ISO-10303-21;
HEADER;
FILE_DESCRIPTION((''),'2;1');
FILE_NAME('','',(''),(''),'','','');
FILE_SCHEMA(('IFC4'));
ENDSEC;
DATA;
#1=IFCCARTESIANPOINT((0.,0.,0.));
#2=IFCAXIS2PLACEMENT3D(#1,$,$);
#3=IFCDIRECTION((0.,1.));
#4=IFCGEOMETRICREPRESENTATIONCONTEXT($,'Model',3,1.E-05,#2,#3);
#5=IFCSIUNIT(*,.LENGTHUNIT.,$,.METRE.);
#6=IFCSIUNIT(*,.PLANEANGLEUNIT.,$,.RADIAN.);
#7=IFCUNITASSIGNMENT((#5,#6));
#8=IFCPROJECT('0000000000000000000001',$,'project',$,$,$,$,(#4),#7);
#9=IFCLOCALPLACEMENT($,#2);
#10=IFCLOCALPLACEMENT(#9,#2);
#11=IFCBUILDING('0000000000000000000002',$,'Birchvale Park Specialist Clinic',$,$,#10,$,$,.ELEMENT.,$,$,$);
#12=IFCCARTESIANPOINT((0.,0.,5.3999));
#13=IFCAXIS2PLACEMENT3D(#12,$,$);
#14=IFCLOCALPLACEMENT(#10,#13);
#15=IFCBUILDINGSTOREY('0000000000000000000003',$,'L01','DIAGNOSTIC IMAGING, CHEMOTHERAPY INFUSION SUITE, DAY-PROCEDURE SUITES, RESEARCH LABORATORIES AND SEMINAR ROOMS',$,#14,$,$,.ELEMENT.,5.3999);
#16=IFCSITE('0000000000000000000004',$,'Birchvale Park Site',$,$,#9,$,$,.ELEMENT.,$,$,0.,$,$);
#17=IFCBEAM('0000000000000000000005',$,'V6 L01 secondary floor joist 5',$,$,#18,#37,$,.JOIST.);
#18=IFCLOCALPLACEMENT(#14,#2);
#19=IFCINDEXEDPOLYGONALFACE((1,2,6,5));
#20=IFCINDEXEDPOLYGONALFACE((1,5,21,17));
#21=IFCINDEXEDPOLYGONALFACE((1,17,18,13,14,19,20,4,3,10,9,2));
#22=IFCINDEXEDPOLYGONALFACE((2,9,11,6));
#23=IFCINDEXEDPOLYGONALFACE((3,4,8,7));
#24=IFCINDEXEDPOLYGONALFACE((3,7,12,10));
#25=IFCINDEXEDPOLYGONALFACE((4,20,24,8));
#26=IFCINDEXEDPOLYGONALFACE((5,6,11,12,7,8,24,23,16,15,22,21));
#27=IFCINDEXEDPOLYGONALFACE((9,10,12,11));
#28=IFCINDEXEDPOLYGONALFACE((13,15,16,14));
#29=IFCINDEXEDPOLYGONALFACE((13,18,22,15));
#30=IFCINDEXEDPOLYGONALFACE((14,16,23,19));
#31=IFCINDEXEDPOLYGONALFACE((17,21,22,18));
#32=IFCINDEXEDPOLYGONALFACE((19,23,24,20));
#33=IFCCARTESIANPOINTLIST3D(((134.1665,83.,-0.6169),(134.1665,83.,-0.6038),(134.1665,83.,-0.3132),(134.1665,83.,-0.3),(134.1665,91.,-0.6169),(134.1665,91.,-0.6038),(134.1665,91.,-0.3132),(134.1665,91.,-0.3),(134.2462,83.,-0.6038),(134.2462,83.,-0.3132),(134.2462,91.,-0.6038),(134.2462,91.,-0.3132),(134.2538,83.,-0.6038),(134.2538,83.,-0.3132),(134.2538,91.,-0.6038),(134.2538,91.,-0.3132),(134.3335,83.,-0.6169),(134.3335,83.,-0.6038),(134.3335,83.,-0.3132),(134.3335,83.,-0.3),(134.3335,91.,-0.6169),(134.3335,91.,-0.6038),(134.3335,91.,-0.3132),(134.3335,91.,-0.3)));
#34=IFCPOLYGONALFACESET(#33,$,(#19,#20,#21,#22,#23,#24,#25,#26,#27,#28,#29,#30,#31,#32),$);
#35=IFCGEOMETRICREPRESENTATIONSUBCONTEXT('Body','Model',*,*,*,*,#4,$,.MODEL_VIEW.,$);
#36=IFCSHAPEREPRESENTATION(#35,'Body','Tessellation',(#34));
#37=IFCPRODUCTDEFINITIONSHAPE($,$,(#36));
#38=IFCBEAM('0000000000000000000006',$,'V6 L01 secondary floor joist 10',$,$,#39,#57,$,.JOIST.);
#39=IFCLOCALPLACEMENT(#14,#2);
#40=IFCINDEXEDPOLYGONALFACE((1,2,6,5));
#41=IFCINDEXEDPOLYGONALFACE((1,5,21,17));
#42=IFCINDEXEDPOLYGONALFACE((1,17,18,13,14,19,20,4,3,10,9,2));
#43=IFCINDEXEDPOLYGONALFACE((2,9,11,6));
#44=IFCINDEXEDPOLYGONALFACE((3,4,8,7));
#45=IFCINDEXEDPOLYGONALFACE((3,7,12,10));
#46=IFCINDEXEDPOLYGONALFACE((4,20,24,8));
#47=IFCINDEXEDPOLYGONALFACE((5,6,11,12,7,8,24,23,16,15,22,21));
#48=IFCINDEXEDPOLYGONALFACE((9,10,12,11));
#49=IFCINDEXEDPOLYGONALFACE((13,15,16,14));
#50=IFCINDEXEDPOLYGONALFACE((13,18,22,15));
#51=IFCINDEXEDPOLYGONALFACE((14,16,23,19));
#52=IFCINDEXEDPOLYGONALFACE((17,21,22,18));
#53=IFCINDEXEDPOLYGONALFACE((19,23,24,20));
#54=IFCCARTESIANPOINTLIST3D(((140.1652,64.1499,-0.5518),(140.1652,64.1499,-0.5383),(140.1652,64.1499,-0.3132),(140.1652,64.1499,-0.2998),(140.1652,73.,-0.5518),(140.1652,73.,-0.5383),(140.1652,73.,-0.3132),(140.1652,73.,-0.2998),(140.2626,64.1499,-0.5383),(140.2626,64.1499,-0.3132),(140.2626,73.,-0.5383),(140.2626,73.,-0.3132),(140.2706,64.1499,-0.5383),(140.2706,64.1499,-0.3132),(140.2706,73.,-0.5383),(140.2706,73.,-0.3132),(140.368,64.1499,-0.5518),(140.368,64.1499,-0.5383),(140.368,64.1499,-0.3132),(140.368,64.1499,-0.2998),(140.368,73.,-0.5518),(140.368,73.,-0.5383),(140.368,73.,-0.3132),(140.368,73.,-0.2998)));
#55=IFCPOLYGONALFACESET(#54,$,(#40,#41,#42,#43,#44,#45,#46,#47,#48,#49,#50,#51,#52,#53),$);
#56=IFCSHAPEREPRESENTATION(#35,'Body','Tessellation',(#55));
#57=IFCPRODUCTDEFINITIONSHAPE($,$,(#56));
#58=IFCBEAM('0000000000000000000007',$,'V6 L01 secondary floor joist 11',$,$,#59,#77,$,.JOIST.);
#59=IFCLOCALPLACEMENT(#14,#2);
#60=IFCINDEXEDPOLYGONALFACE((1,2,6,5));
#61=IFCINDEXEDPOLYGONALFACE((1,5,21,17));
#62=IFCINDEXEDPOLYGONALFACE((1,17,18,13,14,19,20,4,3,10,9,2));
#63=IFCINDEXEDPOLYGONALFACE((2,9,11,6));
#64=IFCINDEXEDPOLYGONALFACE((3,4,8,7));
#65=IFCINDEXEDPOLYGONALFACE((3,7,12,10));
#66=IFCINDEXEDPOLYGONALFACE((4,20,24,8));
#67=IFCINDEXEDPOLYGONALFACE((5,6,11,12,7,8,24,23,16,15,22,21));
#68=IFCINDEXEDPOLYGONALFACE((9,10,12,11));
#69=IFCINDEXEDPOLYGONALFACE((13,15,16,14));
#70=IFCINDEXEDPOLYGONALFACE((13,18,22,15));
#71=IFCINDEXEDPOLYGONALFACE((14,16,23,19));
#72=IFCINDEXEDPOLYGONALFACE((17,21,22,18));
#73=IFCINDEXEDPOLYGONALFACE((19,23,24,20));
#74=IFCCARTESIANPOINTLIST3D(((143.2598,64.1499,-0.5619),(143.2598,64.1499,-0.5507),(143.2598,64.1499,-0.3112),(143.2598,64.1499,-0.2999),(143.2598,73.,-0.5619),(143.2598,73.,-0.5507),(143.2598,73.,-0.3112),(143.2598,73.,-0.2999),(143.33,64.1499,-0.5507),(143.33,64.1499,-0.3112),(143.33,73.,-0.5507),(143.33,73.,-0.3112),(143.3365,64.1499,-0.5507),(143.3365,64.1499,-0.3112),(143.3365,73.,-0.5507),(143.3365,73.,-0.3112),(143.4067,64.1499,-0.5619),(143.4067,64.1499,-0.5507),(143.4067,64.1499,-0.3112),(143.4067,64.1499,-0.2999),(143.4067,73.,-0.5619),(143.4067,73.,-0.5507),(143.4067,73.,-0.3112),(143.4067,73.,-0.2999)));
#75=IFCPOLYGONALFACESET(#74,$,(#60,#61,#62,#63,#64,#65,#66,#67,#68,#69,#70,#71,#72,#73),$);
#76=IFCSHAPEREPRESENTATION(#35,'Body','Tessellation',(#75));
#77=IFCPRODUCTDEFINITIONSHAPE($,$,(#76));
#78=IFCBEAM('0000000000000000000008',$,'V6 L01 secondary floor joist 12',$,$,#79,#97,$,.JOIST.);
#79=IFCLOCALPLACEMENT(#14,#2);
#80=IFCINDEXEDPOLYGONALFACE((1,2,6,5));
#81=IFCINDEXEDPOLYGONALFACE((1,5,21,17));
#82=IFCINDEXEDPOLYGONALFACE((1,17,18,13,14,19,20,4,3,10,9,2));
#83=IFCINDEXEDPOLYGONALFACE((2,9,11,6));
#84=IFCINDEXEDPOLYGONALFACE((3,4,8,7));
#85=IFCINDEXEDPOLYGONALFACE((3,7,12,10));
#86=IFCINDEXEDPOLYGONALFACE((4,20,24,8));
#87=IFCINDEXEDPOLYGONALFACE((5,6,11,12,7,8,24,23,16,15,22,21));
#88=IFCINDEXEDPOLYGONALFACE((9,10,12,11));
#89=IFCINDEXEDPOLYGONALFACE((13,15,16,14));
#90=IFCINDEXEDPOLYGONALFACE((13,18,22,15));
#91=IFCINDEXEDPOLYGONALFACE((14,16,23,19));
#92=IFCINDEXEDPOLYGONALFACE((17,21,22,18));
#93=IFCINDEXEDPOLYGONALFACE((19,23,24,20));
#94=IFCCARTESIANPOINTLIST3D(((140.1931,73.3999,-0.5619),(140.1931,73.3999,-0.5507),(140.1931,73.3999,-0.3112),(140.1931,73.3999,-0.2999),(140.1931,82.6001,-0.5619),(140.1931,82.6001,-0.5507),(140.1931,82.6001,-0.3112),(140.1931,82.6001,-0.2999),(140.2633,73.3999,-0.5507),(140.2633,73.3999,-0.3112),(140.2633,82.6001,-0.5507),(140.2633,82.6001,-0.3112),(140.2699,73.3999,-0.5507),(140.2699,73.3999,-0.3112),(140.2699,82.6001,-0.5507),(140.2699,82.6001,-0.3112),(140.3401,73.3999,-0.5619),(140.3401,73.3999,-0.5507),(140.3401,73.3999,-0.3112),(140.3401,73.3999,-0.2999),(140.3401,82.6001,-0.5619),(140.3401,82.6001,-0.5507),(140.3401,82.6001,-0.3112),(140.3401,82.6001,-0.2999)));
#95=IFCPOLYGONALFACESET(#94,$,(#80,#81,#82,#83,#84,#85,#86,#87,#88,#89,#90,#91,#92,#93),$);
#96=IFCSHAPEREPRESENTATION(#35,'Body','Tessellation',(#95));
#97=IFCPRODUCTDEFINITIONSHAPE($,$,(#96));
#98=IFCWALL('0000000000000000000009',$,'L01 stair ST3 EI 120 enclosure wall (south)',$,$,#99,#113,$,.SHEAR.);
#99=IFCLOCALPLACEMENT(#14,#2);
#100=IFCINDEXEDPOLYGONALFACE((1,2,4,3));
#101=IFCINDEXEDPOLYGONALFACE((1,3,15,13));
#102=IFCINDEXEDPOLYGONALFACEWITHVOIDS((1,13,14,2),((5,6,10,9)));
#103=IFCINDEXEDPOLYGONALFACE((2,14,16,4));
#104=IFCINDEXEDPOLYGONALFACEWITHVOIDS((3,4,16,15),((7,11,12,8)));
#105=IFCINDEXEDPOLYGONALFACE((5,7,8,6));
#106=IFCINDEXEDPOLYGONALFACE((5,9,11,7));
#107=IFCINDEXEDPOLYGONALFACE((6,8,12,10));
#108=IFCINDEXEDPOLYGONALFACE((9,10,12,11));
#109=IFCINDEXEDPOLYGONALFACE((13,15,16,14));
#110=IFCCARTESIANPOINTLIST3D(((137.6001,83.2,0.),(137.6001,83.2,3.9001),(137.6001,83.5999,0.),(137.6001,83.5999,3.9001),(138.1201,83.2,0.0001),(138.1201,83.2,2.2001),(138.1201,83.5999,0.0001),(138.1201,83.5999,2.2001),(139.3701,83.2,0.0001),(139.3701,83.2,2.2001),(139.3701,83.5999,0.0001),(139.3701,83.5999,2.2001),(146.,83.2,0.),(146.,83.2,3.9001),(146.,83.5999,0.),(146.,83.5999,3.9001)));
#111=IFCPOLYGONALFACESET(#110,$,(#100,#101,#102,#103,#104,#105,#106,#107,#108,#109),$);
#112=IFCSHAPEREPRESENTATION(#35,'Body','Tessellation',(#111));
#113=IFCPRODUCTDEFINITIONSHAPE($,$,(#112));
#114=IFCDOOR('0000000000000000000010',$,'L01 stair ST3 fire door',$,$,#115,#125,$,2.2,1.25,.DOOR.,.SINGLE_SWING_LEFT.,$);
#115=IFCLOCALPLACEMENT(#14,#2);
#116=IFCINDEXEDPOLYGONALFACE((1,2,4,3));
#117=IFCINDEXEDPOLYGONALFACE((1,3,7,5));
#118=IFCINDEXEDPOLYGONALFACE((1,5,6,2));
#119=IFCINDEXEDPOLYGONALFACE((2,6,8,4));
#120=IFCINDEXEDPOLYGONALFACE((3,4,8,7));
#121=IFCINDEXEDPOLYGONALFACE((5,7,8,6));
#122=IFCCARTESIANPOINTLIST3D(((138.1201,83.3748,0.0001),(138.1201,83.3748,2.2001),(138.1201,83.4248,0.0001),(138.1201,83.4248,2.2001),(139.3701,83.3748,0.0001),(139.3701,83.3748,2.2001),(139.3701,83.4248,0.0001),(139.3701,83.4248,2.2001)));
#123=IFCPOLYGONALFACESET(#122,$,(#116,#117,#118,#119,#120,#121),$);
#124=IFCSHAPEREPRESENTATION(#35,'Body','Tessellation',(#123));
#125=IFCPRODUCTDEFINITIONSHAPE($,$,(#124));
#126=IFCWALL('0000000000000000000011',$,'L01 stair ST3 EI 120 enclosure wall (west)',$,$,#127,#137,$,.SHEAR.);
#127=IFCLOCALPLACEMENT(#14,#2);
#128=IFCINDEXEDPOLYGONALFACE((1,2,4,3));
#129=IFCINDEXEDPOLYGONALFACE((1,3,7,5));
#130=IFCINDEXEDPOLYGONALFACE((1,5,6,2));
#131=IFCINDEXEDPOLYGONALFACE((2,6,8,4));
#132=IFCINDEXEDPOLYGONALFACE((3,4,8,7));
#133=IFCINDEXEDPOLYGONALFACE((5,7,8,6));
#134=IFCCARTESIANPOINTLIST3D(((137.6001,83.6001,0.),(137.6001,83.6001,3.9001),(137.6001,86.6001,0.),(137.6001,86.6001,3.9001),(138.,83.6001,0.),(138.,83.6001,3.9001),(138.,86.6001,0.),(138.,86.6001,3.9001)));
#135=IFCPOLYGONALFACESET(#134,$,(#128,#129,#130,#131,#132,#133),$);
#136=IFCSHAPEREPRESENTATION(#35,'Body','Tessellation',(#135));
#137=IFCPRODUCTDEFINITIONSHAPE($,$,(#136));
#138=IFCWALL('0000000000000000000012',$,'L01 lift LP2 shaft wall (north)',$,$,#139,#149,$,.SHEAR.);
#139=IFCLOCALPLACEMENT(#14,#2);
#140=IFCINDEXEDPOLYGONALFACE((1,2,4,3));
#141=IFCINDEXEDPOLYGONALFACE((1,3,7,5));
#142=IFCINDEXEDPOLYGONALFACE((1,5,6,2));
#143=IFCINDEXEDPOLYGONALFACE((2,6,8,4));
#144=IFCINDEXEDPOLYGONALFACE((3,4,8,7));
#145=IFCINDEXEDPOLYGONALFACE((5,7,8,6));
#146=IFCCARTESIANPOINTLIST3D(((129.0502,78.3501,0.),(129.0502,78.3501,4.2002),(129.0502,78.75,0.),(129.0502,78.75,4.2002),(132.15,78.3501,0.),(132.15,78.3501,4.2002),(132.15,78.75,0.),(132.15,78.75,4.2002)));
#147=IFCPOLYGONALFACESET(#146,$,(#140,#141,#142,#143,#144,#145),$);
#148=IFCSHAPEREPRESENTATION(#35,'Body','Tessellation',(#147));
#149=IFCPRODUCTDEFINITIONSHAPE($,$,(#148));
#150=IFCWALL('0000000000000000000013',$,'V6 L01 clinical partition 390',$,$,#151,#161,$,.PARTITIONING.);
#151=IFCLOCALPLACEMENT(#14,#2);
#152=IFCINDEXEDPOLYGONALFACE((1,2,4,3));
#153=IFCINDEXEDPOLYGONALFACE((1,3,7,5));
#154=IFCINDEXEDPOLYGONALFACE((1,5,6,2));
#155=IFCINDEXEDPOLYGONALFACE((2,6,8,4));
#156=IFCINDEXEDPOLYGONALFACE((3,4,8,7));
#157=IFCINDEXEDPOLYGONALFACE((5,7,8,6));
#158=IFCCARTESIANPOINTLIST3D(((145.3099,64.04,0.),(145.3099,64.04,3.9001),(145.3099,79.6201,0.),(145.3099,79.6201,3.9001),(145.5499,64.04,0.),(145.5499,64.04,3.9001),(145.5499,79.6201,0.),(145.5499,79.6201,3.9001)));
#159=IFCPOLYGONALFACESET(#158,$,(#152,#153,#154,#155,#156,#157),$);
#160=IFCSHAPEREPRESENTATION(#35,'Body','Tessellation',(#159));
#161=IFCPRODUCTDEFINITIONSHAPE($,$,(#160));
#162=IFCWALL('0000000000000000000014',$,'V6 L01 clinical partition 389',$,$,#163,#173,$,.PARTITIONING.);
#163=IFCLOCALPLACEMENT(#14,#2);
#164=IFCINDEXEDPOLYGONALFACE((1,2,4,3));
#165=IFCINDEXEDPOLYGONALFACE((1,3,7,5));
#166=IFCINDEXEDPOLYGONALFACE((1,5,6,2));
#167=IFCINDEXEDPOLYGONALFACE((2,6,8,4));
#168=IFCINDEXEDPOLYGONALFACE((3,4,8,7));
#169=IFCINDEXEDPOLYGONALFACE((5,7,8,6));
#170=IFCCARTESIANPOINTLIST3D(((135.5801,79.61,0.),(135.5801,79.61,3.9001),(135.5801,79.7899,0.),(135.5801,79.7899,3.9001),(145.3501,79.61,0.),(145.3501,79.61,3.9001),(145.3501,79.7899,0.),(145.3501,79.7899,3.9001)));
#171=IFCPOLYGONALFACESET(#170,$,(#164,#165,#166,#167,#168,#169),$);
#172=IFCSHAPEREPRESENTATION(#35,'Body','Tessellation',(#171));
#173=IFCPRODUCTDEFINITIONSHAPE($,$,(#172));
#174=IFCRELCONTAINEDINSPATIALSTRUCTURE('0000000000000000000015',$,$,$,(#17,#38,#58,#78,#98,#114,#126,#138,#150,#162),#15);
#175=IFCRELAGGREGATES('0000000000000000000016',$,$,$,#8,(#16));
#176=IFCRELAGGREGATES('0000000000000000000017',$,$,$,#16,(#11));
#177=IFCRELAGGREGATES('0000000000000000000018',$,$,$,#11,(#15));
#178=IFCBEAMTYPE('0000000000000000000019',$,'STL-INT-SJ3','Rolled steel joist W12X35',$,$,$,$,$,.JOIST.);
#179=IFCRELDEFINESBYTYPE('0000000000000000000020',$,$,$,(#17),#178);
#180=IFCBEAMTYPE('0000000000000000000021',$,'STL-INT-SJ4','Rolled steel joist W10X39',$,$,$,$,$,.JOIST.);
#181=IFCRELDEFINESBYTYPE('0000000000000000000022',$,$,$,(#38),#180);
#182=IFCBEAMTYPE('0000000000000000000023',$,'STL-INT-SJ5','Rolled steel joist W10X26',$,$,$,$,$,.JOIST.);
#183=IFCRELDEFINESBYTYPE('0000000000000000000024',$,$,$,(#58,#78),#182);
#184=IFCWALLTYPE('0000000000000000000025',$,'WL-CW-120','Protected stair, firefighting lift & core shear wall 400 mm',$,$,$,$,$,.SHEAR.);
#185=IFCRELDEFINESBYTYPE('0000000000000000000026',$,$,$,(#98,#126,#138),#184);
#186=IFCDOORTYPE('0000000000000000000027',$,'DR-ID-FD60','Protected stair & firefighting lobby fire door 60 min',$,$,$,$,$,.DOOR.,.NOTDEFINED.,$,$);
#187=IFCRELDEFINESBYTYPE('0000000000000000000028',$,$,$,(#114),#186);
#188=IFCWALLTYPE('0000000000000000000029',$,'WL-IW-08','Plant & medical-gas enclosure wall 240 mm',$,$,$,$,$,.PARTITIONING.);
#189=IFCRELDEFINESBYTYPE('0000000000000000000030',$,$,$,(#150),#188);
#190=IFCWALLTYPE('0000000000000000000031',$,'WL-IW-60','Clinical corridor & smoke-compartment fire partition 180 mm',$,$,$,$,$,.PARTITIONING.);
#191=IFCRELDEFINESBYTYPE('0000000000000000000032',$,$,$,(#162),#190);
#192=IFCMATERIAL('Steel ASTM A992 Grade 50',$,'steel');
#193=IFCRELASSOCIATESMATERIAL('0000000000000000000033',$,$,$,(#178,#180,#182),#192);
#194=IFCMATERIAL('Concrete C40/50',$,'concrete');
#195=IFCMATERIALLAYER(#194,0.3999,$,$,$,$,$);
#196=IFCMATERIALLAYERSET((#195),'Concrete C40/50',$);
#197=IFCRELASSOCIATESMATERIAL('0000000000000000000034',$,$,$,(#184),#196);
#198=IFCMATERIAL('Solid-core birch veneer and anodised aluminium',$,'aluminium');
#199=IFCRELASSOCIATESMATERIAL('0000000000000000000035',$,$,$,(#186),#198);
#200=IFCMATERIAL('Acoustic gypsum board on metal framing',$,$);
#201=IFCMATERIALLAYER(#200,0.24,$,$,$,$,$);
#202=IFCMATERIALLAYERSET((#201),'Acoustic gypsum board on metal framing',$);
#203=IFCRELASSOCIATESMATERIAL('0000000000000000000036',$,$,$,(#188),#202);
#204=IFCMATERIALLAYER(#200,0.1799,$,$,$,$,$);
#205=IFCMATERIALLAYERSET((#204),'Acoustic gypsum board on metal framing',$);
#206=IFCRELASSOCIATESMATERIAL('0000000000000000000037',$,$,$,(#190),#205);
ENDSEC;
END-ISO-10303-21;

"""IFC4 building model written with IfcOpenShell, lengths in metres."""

from ifc_helpers import new_model, si_unit, direction, frame, frame_2d, origin, origin_2d, place, context, subcontext, project, spatial, rectangle, i_section, extrude, material, layer, layer_set, material_profile, profile_set, type_object, element, fill, save


model = new_model("IFC4")

# Units and contexts
model_context = context("Model", 3, precision=1e-05, world=origin(), true_north=direction((0.0, 1.0)))
body_context = subcontext(model_context, "Body", "Model", "MODEL_VIEW")
ifc_project = project(units=[si_unit("LENGTHUNIT", "METRE"), si_unit("PLANEANGLEUNIT", "RADIAN")], contexts=[model_context])

# Site, building, storey
site_placement = place(None, origin())
site = spatial("IfcSite", under=ifc_project, at=site_placement, Name="Birchvale Park Site", CompositionType="ELEMENT", RefElevation=0.0)
building_placement = place(site_placement, origin())
building = spatial("IfcBuilding", under=site, at=building_placement, Name="Birchvale Park Specialist Clinic", CompositionType="ELEMENT")
storey_placement = place(building_placement, frame((0.0, 0.0, 5.3999)))
storey = spatial("IfcBuildingStorey", under=building, at=storey_placement, Name="L01", Description="DIAGNOSTIC IMAGING, CHEMOTHERAPY INFUSION SUITE, DAY-PROCEDURE SUITES, RESEARCH LABORATORIES AND SEMINAR ROOMS", CompositionType="ELEMENT", Elevation=5.3999)

# Shared definitions
ifc_material_1 = material(Name="Concrete C40/50", Category="concrete")

# Beams
ifc_material_2 = material(Name="Steel ASTM A992 Grade 50", Category="steel")
ifc_material_profile_1 = material_profile(ifc_material_2, i_section(OverallWidth=0.167, OverallDepth=0.3169, WebThickness=0.0076, FlangeThickness=0.0132, at=origin_2d()), Name="W12X35")
ifc_profile_set_1 = profile_set([ifc_material_profile_1], Name="Steel ASTM A992 Grade 50")
beam_type_1 = type_object("IfcBeamType", Name="STL-INT-SJ3", Description="Rolled steel joist W12X35", PredefinedType="JOIST", material=ifc_profile_set_1)
beam_1_placement = place(storey_placement, frame((134.25, 83.0, -0.4585), z_axis=(0.0, 1.0, 0.0), x_axis=(-1.0, 0.0, 0.0)))
element("IfcBeam", 1, at=beam_1_placement, inside=storey, type_object=beam_type_1, Name="V6 L01 secondary floor joist 5", PredefinedType="JOIST", context=body_context, shape_type="SweptSolid", body=[
    extrude(i_section(OverallWidth=0.167, OverallDepth=0.3169, WebThickness=0.0076, FlangeThickness=0.0132, at=origin_2d()), origin(), (0.0, 0.0, 1.0), 8.0),
])
ifc_material_profile_2 = material_profile(ifc_material_2, i_section(OverallWidth=0.2029, OverallDepth=0.252, WebThickness=0.0081, FlangeThickness=0.0134, at=origin_2d()), Name="W10X39")
ifc_profile_set_2 = profile_set([ifc_material_profile_2], Name="Steel ASTM A992 Grade 50")
beam_type_2 = type_object("IfcBeamType", Name="STL-INT-SJ4", Description="Rolled steel joist W10X39", PredefinedType="JOIST", material=ifc_profile_set_2)
beam_2_placement = place(storey_placement, frame((140.2666, 64.1499, -0.4258), z_axis=(0.0, 1.0, 0.0), x_axis=(-1.0, 0.0, 0.0)))
element("IfcBeam", 2, at=beam_2_placement, inside=storey, type_object=beam_type_2, Name="V6 L01 secondary floor joist 10", PredefinedType="JOIST", context=body_context, shape_type="SweptSolid", body=[
    extrude(i_section(OverallWidth=0.2029, OverallDepth=0.252, WebThickness=0.0081, FlangeThickness=0.0134, at=origin_2d()), origin(), (0.0, 0.0, 1.0), 8.8501),
])
ifc_material_profile_3 = material_profile(ifc_material_2, i_section(OverallWidth=0.147, OverallDepth=0.262, WebThickness=0.0066, FlangeThickness=0.0112, at=origin_2d()), Name="W10X26")
ifc_profile_set_3 = profile_set([ifc_material_profile_3], Name="Steel ASTM A992 Grade 50")
beam_type_3 = type_object("IfcBeamType", Name="STL-INT-SJ5", Description="Rolled steel joist W10X26", PredefinedType="JOIST", material=ifc_profile_set_3)
beam_3_placement = place(storey_placement, frame((143.3333, 64.1499, -0.4309), z_axis=(0.0, 1.0, 0.0), x_axis=(-1.0, 0.0, 0.0)))
element("IfcBeam", 3, at=beam_3_placement, inside=storey, type_object=beam_type_3, Name="V6 L01 secondary floor joist 11", PredefinedType="JOIST", context=body_context, shape_type="SweptSolid", body=[
    extrude(i_section(OverallWidth=0.147, OverallDepth=0.262, WebThickness=0.0066, FlangeThickness=0.0112, at=origin_2d()), origin(), (0.0, 0.0, 1.0), 8.8501),
])
beam_4_placement = place(storey_placement, frame((140.2666, 73.3999, -0.4309), z_axis=(0.0, 1.0, 0.0), x_axis=(-1.0, 0.0, 0.0)))
element("IfcBeam", 4, at=beam_4_placement, inside=storey, type_object=beam_type_3, Name="V6 L01 secondary floor joist 12", PredefinedType="JOIST", context=body_context, shape_type="SweptSolid", body=[
    extrude(i_section(OverallWidth=0.147, OverallDepth=0.262, WebThickness=0.0066, FlangeThickness=0.0112, at=origin_2d()), origin(), (0.0, 0.0, 1.0), 9.2002),
])

# Wall, opening, door
ifc_layer_1 = layer(ifc_material_1, 0.3999)
ifc_layer_set_1 = layer_set([ifc_layer_1], Name="Concrete C40/50")
wall_type_1 = type_object("IfcWallType", Name="WL-CW-120", Description="Protected stair, firefighting lift & core shear wall 400 mm", PredefinedType="SHEAR", material=ifc_layer_set_1)
wall_1_placement = place(storey_placement, frame((137.6001, 83.3999, 0.0), z_axis=(0.0, 0.0, 1.0), x_axis=(1.0, 0.0, 0.0)))
wall_1 = element("IfcWall", 5, at=wall_1_placement, inside=storey, type_object=wall_type_1, Name="L01 stair ST3 EI 120 enclosure wall (south)", PredefinedType="SHEAR", context=body_context, shape_type="SweptSolid", body=[
    extrude(rectangle(XDim=8.3999, YDim=0.3999, at=frame_2d((4.2, 0.0))), origin(), (0.0, 0.0, 1.0), 3.9001),
])
opening_1_placement = place(wall_1_placement, frame((0.52, 0.0, 0.0)))
opening_1 = element("IfcOpeningElement", 6, at=opening_1_placement, cuts=wall_1, PredefinedType="OPENING", context=body_context, shape_type="SweptSolid", body=[
    extrude(rectangle(XDim=1.25, YDim=2.2, at=frame_2d((0.625, 1.1001))), frame((0.0, 0.21, 0.0), z_axis=(0.0, -1.0, 0.0), x_axis=(1.0, 0.0, 0.0)), (0.0, 0.0, 1.0), 0.4199),
])
ifc_material_3 = material(Name="Solid-core birch veneer and anodised aluminium", Category="aluminium")
door_type_1 = type_object("IfcDoorType", Name="DR-ID-FD60", Description="Protected stair & firefighting lobby fire door 60 min", OperationType="NOTDEFINED", PredefinedType="DOOR", material=ifc_material_3)
door_1_placement = place(opening_1_placement, origin())
door_1 = element("IfcDoor", 7, at=door_1_placement, inside=storey, type_object=door_type_1, Name="L01 stair ST3 fire door", OperationType="SINGLE_SWING_LEFT", OverallHeight=2.2, OverallWidth=1.25, PredefinedType="DOOR", context=body_context, shape_type="SweptSolid", body=[
    extrude(rectangle(XDim=1.25, YDim=2.2, at=frame_2d((0.625, 1.1001))), frame((0.0, 0.0249, 0.0), z_axis=(0.0, -1.0, 0.0), x_axis=(1.0, 0.0, 0.0)), (0.0, 0.0, 1.0), 0.05),
])
fill(opening_1, door_1)

# Walls
wall_2_placement = place(storey_placement, frame((137.8, 83.6001, 0.0), z_axis=(0.0, 0.0, 1.0), x_axis=(0.0, 1.0, 0.0)))
element("IfcWall", 8, at=wall_2_placement, inside=storey, type_object=wall_type_1, Name="L01 stair ST3 EI 120 enclosure wall (west)", PredefinedType="SHEAR", context=body_context, shape_type="SweptSolid", body=[
    extrude(rectangle(XDim=3.0, YDim=0.3999, at=frame_2d((1.5, 0.0))), origin(), (0.0, 0.0, 1.0), 3.9001),
])
wall_3_placement = place(storey_placement, frame((132.1499, 78.55, 0.0), z_axis=(0.0, 0.0, 1.0), x_axis=(-1.0, 0.0, 0.0)))
element("IfcWall", 9, at=wall_3_placement, inside=storey, type_object=wall_type_1, Name="L01 lift LP2 shaft wall (north)", PredefinedType="SHEAR", context=body_context, shape_type="SweptSolid", body=[
    extrude(rectangle(XDim=3.0999, YDim=0.3999, at=frame_2d((1.5498, 0.0))), origin(), (0.0, 0.0, 1.0), 4.2002),
])
ifc_material_4 = material(Name="Acoustic gypsum board on metal framing")
ifc_layer_2 = layer(ifc_material_4, 0.24)
ifc_layer_set_2 = layer_set([ifc_layer_2], Name="Acoustic gypsum board on metal framing")
wall_type_2 = type_object("IfcWallType", Name="WL-IW-08", Description="Plant & medical-gas enclosure wall 240 mm", PredefinedType="PARTITIONING", material=ifc_layer_set_2)
wall_4_placement = place(storey_placement, frame((145.4299, 79.6201, 0.0), z_axis=(0.0, 0.0, 1.0), x_axis=(0.0, -1.0, 0.0)))
element("IfcWall", 10, at=wall_4_placement, inside=storey, type_object=wall_type_2, Name="V6 L01 clinical partition 390", PredefinedType="PARTITIONING", context=body_context, shape_type="SweptSolid", body=[
    extrude(rectangle(XDim=15.5801, YDim=0.24, at=frame_2d((7.79, 0.0))), origin(), (0.0, 0.0, 1.0), 3.9001),
])
ifc_layer_3 = layer(ifc_material_4, 0.1799)
ifc_layer_set_3 = layer_set([ifc_layer_3], Name="Acoustic gypsum board on metal framing")
wall_type_3 = type_object("IfcWallType", Name="WL-IW-60", Description="Clinical corridor & smoke-compartment fire partition 180 mm", PredefinedType="PARTITIONING", material=ifc_layer_set_3)
wall_5_placement = place(storey_placement, frame((135.5801, 79.7, 0.0), z_axis=(0.0, 0.0, 1.0), x_axis=(1.0, 0.0, 0.0)))
element("IfcWall", 11, at=wall_5_placement, inside=storey, type_object=wall_type_3, Name="V6 L01 clinical partition 389", PredefinedType="PARTITIONING", context=body_context, shape_type="SweptSolid", body=[
    extrude(rectangle(XDim=9.77, YDim=0.1799, at=frame_2d((4.885, 0.0))), origin(), (0.0, 0.0, 1.0), 3.9001),
])

save(model, "model.ifc")
